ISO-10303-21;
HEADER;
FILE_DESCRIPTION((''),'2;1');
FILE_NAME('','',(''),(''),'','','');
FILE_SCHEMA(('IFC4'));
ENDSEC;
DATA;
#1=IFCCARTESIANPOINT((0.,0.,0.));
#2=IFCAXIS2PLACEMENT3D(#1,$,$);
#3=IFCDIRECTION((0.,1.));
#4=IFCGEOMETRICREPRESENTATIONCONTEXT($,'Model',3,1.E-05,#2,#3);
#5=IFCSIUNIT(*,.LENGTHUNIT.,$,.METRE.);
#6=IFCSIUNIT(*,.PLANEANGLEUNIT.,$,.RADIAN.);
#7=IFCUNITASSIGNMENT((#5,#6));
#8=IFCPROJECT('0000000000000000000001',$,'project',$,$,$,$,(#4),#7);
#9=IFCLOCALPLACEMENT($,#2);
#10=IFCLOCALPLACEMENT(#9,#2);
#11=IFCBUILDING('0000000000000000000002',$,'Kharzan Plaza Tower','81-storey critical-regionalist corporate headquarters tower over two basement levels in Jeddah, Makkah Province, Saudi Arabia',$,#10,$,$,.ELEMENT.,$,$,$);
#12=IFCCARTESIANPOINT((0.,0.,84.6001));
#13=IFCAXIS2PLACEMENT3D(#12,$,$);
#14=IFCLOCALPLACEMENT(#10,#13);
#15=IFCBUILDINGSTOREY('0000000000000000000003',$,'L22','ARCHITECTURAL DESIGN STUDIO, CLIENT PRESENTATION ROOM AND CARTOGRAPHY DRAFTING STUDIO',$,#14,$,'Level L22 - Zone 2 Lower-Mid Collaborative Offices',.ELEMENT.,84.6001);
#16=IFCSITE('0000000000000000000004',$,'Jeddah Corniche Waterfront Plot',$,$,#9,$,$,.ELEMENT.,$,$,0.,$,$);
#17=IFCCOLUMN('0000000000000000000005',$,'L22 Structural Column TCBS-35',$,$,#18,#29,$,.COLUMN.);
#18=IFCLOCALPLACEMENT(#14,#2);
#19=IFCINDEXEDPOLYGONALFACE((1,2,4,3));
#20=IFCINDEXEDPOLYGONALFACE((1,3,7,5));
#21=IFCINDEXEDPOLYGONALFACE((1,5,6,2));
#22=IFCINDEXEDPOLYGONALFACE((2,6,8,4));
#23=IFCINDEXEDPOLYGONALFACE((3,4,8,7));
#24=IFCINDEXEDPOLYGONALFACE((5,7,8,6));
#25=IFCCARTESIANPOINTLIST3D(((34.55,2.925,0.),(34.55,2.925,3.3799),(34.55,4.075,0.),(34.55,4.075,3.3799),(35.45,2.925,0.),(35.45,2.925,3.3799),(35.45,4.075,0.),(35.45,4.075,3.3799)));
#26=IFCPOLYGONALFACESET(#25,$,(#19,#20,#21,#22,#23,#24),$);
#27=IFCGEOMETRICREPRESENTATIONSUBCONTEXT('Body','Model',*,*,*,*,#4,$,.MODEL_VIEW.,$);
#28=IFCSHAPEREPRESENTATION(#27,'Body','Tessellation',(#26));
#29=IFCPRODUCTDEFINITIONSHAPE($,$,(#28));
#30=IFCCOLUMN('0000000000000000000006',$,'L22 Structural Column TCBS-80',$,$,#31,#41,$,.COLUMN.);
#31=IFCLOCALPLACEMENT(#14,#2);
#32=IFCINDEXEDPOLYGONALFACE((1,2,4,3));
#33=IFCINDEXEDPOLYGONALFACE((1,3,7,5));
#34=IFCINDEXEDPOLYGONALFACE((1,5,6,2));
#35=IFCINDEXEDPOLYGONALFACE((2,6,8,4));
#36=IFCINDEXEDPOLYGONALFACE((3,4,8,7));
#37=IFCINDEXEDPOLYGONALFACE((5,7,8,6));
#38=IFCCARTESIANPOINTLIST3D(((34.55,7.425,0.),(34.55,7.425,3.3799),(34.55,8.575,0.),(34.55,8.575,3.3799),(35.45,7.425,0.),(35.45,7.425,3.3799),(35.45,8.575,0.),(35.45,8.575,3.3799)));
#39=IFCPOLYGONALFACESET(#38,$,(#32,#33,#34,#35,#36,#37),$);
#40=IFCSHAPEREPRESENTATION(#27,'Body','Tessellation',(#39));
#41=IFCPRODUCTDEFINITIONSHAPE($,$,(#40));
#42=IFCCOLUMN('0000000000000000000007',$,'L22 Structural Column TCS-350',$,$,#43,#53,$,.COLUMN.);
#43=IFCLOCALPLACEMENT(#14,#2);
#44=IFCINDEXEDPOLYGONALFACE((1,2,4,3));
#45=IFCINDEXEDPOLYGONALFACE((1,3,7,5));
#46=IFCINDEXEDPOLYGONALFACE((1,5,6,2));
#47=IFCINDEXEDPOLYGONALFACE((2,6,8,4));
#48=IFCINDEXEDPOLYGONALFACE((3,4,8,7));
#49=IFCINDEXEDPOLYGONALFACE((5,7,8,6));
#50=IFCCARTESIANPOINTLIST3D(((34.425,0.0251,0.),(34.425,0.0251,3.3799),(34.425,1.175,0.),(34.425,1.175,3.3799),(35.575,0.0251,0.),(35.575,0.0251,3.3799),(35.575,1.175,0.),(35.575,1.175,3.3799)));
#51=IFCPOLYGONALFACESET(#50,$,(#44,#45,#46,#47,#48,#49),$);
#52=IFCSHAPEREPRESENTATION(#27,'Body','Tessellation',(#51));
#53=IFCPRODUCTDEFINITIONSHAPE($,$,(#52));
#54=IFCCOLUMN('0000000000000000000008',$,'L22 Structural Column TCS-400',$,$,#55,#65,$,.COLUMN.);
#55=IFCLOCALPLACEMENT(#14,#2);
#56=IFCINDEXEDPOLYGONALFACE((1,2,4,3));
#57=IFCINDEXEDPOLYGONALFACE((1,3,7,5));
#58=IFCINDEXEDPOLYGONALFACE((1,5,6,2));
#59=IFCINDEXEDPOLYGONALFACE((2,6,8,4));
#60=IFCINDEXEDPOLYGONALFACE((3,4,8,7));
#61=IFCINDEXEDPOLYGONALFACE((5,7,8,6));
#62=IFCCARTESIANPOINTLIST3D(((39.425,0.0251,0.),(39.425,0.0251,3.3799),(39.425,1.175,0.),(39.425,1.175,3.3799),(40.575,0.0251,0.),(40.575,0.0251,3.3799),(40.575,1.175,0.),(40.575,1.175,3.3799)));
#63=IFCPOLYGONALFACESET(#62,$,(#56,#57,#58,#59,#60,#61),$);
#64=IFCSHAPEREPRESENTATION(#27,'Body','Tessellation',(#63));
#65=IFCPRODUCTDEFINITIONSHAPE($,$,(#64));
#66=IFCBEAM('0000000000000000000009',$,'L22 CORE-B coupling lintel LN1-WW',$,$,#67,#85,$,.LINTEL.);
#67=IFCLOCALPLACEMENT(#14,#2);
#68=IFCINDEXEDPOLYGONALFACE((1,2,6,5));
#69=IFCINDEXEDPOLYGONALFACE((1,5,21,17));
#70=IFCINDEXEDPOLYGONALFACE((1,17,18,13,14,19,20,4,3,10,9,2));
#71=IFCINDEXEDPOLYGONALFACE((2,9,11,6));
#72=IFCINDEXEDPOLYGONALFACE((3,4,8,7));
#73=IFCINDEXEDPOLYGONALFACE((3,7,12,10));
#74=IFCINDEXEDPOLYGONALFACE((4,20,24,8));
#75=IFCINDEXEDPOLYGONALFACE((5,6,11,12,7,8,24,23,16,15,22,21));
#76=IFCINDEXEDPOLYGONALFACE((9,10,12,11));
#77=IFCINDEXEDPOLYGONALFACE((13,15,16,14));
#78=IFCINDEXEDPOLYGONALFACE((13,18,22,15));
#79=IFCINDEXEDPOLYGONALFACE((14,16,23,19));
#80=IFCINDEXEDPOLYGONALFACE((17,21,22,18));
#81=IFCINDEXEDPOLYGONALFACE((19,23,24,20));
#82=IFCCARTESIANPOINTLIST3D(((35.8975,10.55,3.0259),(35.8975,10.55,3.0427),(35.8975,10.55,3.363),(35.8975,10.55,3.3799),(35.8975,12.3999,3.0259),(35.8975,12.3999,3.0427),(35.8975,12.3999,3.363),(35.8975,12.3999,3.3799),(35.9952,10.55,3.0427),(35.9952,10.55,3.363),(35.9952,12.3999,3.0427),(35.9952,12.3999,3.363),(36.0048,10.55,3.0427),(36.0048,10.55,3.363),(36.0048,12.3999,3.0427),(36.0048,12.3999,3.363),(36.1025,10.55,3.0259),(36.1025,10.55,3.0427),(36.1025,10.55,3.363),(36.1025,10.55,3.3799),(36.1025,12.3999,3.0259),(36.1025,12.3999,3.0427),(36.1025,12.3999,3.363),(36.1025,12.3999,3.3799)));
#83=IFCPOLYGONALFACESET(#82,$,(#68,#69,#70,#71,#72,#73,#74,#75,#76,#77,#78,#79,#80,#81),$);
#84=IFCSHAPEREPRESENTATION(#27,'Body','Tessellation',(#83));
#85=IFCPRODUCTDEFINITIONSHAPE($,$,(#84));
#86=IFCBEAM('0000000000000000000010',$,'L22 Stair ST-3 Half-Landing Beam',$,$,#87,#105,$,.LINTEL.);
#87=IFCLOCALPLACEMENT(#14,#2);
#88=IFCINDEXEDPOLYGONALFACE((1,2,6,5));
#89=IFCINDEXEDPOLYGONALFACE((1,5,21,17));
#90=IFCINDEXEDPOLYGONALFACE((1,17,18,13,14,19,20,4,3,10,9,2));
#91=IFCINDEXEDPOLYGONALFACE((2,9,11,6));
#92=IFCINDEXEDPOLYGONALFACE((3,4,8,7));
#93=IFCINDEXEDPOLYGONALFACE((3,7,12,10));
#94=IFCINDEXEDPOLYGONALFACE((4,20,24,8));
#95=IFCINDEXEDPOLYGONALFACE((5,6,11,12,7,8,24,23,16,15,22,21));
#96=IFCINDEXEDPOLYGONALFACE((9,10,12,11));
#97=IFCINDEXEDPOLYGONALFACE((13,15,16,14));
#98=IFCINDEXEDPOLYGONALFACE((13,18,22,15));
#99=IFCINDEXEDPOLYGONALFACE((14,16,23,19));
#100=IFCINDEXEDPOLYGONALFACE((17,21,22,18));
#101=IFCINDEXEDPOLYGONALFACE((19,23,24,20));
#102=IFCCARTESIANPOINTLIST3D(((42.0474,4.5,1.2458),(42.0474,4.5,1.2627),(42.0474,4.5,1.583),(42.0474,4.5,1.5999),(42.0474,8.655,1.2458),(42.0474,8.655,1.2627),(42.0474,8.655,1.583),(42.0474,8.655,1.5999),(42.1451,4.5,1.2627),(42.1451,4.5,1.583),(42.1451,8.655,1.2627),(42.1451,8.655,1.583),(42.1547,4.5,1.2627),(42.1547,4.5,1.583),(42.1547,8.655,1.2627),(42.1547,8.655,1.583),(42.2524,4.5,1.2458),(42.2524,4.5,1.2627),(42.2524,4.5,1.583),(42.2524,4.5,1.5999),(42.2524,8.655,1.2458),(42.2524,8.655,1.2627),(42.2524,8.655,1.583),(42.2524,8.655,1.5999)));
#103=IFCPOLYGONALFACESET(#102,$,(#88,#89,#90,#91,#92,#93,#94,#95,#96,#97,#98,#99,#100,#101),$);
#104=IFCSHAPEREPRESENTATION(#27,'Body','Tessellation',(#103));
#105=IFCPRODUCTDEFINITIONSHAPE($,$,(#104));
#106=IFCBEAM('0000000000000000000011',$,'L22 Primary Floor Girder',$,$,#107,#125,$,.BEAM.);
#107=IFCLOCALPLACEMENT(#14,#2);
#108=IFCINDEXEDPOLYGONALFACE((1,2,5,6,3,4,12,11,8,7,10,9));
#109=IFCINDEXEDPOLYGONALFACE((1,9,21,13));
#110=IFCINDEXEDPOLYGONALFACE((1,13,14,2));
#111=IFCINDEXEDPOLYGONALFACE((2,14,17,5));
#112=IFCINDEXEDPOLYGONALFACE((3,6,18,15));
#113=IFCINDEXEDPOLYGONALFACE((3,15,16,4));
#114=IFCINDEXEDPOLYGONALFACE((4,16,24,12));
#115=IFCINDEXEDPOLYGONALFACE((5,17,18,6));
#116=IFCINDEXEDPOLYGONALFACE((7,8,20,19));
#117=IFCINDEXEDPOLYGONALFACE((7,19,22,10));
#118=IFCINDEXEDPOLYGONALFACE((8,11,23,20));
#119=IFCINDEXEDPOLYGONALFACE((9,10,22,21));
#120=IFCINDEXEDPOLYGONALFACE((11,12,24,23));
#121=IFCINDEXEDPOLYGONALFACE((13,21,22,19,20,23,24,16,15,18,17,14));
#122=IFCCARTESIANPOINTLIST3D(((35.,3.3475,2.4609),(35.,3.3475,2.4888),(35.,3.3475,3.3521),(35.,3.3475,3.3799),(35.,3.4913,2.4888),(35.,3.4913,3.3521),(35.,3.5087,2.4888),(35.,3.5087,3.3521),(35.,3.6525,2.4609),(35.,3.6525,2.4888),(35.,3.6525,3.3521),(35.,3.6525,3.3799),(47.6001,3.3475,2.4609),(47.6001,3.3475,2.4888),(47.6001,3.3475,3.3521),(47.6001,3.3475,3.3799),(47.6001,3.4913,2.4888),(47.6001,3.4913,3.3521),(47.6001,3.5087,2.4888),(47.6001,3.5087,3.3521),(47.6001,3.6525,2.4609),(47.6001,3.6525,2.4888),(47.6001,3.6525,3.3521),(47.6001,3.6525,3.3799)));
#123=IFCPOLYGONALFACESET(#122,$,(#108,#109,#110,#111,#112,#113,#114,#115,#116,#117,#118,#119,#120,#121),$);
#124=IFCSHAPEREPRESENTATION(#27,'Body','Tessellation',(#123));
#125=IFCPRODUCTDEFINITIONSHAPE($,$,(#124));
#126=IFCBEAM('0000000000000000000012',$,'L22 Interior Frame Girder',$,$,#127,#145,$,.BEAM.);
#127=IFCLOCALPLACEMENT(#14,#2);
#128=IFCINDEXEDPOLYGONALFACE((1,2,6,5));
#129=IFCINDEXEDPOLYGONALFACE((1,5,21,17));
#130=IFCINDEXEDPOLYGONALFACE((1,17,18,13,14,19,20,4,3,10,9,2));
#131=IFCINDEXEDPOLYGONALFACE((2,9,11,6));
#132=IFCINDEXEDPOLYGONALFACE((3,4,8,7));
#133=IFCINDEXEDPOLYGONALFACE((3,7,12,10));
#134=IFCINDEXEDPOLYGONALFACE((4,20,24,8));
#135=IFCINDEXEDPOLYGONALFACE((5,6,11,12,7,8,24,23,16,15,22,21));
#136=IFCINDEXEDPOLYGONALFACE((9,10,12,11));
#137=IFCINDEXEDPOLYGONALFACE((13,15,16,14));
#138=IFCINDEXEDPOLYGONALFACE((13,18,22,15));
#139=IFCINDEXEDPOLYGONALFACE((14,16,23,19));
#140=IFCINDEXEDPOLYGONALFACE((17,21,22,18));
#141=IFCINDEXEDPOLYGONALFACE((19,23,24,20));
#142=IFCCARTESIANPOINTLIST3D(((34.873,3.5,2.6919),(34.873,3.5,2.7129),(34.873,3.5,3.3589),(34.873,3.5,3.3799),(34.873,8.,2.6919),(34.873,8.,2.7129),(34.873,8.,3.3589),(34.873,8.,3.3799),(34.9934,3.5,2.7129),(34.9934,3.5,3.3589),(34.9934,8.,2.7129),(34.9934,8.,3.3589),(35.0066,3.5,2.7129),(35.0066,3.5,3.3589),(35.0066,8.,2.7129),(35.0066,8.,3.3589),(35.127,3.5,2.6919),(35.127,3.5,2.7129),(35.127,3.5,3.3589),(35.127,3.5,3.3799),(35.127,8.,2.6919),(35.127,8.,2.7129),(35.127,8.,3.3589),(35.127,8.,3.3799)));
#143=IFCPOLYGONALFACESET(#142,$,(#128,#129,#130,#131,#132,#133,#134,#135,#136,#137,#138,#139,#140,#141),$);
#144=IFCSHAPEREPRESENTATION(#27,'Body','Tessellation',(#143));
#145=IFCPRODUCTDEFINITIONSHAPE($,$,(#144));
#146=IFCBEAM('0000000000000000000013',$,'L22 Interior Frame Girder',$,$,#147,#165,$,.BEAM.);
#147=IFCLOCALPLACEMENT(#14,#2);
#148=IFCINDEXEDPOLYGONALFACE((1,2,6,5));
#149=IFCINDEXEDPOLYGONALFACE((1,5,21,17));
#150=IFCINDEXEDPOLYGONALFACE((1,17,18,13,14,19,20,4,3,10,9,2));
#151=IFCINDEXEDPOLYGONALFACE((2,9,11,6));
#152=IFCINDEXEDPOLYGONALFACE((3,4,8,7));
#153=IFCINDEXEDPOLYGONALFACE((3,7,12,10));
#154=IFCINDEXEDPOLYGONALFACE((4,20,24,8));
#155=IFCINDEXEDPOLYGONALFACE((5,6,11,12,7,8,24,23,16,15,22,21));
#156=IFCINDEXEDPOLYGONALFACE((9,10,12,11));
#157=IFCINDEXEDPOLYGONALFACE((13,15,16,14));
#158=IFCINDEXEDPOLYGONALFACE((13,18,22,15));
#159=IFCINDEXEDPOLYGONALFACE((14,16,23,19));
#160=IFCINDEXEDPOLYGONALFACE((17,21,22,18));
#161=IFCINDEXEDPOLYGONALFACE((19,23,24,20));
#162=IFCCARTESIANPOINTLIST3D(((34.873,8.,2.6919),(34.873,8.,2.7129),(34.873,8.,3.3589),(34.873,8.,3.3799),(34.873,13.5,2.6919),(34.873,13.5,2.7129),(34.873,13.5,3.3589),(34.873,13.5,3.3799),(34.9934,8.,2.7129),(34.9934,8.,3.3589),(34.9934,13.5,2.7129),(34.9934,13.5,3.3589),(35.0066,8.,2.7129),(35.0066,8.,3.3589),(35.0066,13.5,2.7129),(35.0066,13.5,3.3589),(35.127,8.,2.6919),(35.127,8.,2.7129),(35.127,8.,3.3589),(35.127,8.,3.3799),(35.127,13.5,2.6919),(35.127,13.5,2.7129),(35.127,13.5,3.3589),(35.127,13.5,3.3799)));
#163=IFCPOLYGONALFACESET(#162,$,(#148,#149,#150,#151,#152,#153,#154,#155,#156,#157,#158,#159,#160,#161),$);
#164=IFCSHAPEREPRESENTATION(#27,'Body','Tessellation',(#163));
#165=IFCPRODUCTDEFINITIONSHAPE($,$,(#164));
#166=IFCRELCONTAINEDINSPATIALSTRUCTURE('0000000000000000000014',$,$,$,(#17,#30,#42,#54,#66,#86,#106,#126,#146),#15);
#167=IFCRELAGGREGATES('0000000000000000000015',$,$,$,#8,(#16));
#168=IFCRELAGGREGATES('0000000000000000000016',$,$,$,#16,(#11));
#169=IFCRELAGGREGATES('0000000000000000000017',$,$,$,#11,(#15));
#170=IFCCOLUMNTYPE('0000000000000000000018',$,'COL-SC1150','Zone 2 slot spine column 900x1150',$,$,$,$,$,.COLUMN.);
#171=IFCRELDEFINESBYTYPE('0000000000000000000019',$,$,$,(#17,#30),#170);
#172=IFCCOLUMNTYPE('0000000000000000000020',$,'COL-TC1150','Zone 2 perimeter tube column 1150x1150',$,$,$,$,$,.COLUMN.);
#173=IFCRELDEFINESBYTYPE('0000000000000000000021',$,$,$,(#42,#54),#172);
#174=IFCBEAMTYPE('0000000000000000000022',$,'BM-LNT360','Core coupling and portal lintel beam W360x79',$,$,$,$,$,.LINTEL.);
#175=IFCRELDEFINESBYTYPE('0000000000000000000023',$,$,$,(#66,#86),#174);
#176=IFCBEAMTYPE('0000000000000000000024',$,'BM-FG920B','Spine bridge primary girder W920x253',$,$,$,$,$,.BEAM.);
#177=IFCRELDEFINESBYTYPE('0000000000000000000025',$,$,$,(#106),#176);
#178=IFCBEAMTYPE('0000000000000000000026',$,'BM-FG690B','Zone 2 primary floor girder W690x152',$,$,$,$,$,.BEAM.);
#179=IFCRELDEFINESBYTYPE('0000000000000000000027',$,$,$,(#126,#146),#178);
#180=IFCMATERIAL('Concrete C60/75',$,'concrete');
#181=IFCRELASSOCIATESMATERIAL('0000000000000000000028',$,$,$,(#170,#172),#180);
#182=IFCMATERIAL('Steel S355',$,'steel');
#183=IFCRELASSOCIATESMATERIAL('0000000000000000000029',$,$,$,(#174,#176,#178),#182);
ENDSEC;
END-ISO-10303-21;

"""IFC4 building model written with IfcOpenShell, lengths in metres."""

from ifc_helpers import new_model, si_unit, direction, frame, origin, origin_2d, place, context, subcontext, project, spatial, rectangle, i_section, extrude, source, transform, mapped, material, material_profile, profile_set, type_object, element, save


model = new_model("IFC4")

# Units and contexts
model_context = context("Model", 3, precision=1e-05, world=origin(), true_north=direction((0.0, 1.0)))
body_context = subcontext(model_context, "Body", "Model", "MODEL_VIEW")
ifc_project = project(units=[si_unit("LENGTHUNIT", "METRE"), si_unit("PLANEANGLEUNIT", "RADIAN")], contexts=[model_context])

# Site, building, storey
site_placement = place(None, origin())
site = spatial("IfcSite", under=ifc_project, at=site_placement, Name="Jeddah Corniche Waterfront Plot", CompositionType="ELEMENT", RefElevation=0.0)
building_placement = place(site_placement, origin())
building = spatial("IfcBuilding", under=site, at=building_placement, Name="Kharzan Plaza Tower", Description="81-storey critical-regionalist corporate headquarters tower over two basement levels in Jeddah, Makkah Province, Saudi Arabia", CompositionType="ELEMENT")
storey_placement = place(building_placement, frame((0.0, 0.0, 84.6001)))
storey = spatial("IfcBuildingStorey", under=building, at=storey_placement, Name="L22", Description="ARCHITECTURAL DESIGN STUDIO, CLIENT PRESENTATION ROOM AND CARTOGRAPHY DRAFTING STUDIO", LongName="Level L22 - Zone 2 Lower-Mid Collaborative Offices", CompositionType="ELEMENT", Elevation=84.6001)

# Columns
ifc_material_1 = material(Name="Concrete C60/75", Category="concrete")
ifc_material_profile_1 = material_profile(ifc_material_1, rectangle(XDim=0.8999, YDim=1.1499, at=origin_2d()), Name="RC-SC1150x900")
ifc_profile_set_1 = profile_set([ifc_material_profile_1], Name="Concrete C60/75")
column_type_1 = type_object("IfcColumnType", Name="COL-SC1150", Description="Zone 2 slot spine column 900x1150", PredefinedType="COLUMN", material=ifc_profile_set_1)
shared_shape_1 = source(origin(), body_context, "Body", "SweptSolid", [
    extrude(rectangle(XDim=0.8999, YDim=1.1499, at=origin_2d()), origin(), (0.0, 0.0, 1.0), 3.3799),
])
for number, where, z_axis, x_axis, name in (
    (1, (35.0, 3.5, 0.0), (0.0, 0.0, 1.0), (1.0, 0.0, 0.0), "L22 Structural Column TCBS-35"),
    (2, (35.0, 8.0, 0.0), (0.0, 0.0, 1.0), (1.0, 0.0, 0.0), "L22 Structural Column TCBS-80"),
):
    element("IfcColumn", number, at=place(storey_placement, frame(where, z_axis=z_axis, x_axis=x_axis)), inside=storey, type_object=column_type_1, Name=name, PredefinedType="COLUMN", context=body_context, shape_type="MappedRepresentation", body=[
        mapped(shared_shape_1, transform((0.0, 0.0, 0.0), x_axis=(1.0, 0.0, 0.0), y_axis=(0.0, 1.0, 0.0), z_axis=(0.0, 0.0, 1.0))),
    ])
ifc_material_profile_2 = material_profile(ifc_material_1, rectangle(XDim=1.1499, YDim=1.1499, at=origin_2d()), Name="RC-TC1150x1150")
ifc_profile_set_2 = profile_set([ifc_material_profile_2], Name="Concrete C60/75")
column_type_2 = type_object("IfcColumnType", Name="COL-TC1150", Description="Zone 2 perimeter tube column 1150x1150", PredefinedType="COLUMN", material=ifc_profile_set_2)
shared_shape_2 = source(origin(), body_context, "Body", "SweptSolid", [
    extrude(rectangle(XDim=1.1499, YDim=1.1499, at=origin_2d()), origin(), (0.0, 0.0, 1.0), 3.3799),
])
for number, where, z_axis, x_axis, name in (
    (3, (35.0, 0.6001, 0.0), (0.0, 0.0, 1.0), (1.0, 0.0, 0.0), "L22 Structural Column TCS-350"),
    (4, (40.0, 0.6001, 0.0), (0.0, 0.0, 1.0), (1.0, 0.0, 0.0), "L22 Structural Column TCS-400"),
):
    element("IfcColumn", number, at=place(storey_placement, frame(where, z_axis=z_axis, x_axis=x_axis)), inside=storey, type_object=column_type_2, Name=name, PredefinedType="COLUMN", context=body_context, shape_type="MappedRepresentation", body=[
        mapped(shared_shape_2, transform((0.0, 0.0, 0.0), x_axis=(1.0, 0.0, 0.0), y_axis=(0.0, 1.0, 0.0), z_axis=(0.0, 0.0, 1.0))),
    ])

# Beams
ifc_material_2 = material(Name="Steel S355", Category="steel")
ifc_material_profile_3 = material_profile(ifc_material_2, i_section(OverallWidth=0.2051, OverallDepth=0.354, WebThickness=0.0095, FlangeThickness=0.0168, at=origin_2d()), Name="W360x79")
ifc_profile_set_3 = profile_set([ifc_material_profile_3], Name="Steel S355")
beam_type_1 = type_object("IfcBeamType", Name="BM-LNT360", Description="Core coupling and portal lintel beam W360x79", PredefinedType="LINTEL", material=ifc_profile_set_3)
shared_shape_3 = source(origin(), body_context, "Body", "SweptSolid", [
    extrude(i_section(OverallWidth=0.2051, OverallDepth=0.354, WebThickness=0.0095, FlangeThickness=0.0168, at=origin_2d()), origin(), (0.0, 0.0, 1.0), 1.8499),
])
beam_1_placement = place(storey_placement, frame((36.0, 10.55, 3.2029), z_axis=(0.0, 1.0, 0.0), x_axis=(-1.0, 0.0, 0.0)))
element("IfcBeam", 5, at=beam_1_placement, inside=storey, type_object=beam_type_1, Name="L22 CORE-B coupling lintel LN1-WW", PredefinedType="LINTEL", context=body_context, shape_type="MappedRepresentation", body=[
    mapped(shared_shape_3, transform((0.0, 0.0, 0.0), x_axis=(1.0, 0.0, 0.0), y_axis=(0.0, 1.0, 0.0), z_axis=(0.0, 0.0, 1.0))),
])
shared_shape_4 = source(origin(), body_context, "Body", "SweptSolid", [
    extrude(i_section(OverallWidth=0.2051, OverallDepth=0.354, WebThickness=0.0095, FlangeThickness=0.0168, at=origin_2d()), origin(), (0.0, 0.0, 1.0), 4.155),
])
beam_2_placement = place(storey_placement, frame((42.1499, 4.5, 1.4229), z_axis=(0.0, 1.0, 0.0), x_axis=(-1.0, 0.0, 0.0)))
element("IfcBeam", 6, at=beam_2_placement, inside=storey, type_object=beam_type_1, Name="L22 Stair ST-3 Half-Landing Beam", PredefinedType="LINTEL", context=body_context, shape_type="MappedRepresentation", body=[
    mapped(shared_shape_4, transform((0.0, 0.0, 0.0), x_axis=(1.0, 0.0, 0.0), y_axis=(0.0, 1.0, 0.0), z_axis=(0.0, 0.0, 1.0))),
])
ifc_material_profile_4 = material_profile(ifc_material_2, i_section(OverallWidth=0.3049, OverallDepth=0.9189, WebThickness=0.0173, FlangeThickness=0.0278, at=origin_2d()), Name="W920x253")
ifc_profile_set_4 = profile_set([ifc_material_profile_4], Name="Steel S355")
beam_type_2 = type_object("IfcBeamType", Name="BM-FG920B", Description="Spine bridge primary girder W920x253", PredefinedType="BEAM", material=ifc_profile_set_4)
shared_shape_5 = source(origin(), body_context, "Body", "SweptSolid", [
    extrude(i_section(OverallWidth=0.3049, OverallDepth=0.9189, WebThickness=0.0173, FlangeThickness=0.0278, at=origin_2d()), origin(), (0.0, 0.0, 1.0), 12.6001),
])
beam_3_placement = place(storey_placement, frame((35.0, 3.5, 2.9204), z_axis=(1.0, 0.0, 0.0), x_axis=(0.0, 1.0, 0.0)))
element("IfcBeam", 7, at=beam_3_placement, inside=storey, type_object=beam_type_2, Name="L22 Primary Floor Girder", PredefinedType="BEAM", context=body_context, shape_type="MappedRepresentation", body=[
    mapped(shared_shape_5, transform((0.0, 0.0, 0.0), x_axis=(1.0, 0.0, 0.0), y_axis=(0.0, 1.0, 0.0), z_axis=(0.0, 0.0, 1.0))),
])
ifc_material_profile_5 = material_profile(ifc_material_2, i_section(OverallWidth=0.2539, OverallDepth=0.688, WebThickness=0.0132, FlangeThickness=0.021, at=origin_2d()), Name="W690x152")
ifc_profile_set_5 = profile_set([ifc_material_profile_5], Name="Steel S355")
beam_type_3 = type_object("IfcBeamType", Name="BM-FG690B", Description="Zone 2 primary floor girder W690x152", PredefinedType="BEAM", material=ifc_profile_set_5)
shared_shape_6 = source(origin(), body_context, "Body", "SweptSolid", [
    extrude(i_section(OverallWidth=0.2539, OverallDepth=0.688, WebThickness=0.0132, FlangeThickness=0.021, at=origin_2d()), origin(), (0.0, 0.0, 1.0), 4.5),
])
beam_4_placement = place(storey_placement, frame((35.0, 3.5, 3.0359), z_axis=(0.0, 1.0, 0.0), x_axis=(-1.0, 0.0, 0.0)))
element("IfcBeam", 8, at=beam_4_placement, inside=storey, type_object=beam_type_3, Name="L22 Interior Frame Girder", PredefinedType="BEAM", context=body_context, shape_type="MappedRepresentation", body=[
    mapped(shared_shape_6, transform((0.0, 0.0, 0.0), x_axis=(1.0, 0.0, 0.0), y_axis=(0.0, 1.0, 0.0), z_axis=(0.0, 0.0, 1.0))),
])
shared_shape_7 = source(origin(), body_context, "Body", "SweptSolid", [
    extrude(i_section(OverallWidth=0.2539, OverallDepth=0.688, WebThickness=0.0132, FlangeThickness=0.021, at=origin_2d()), origin(), (0.0, 0.0, 1.0), 5.5),
])
beam_5_placement = place(storey_placement, frame((35.0, 8.0, 3.0359), z_axis=(0.0, 1.0, 0.0), x_axis=(-1.0, 0.0, 0.0)))
element("IfcBeam", 9, at=beam_5_placement, inside=storey, type_object=beam_type_3, Name="L22 Interior Frame Girder", PredefinedType="BEAM", context=body_context, shape_type="MappedRepresentation", body=[
    mapped(shared_shape_7, transform((0.0, 0.0, 0.0), x_axis=(1.0, 0.0, 0.0), y_axis=(0.0, 1.0, 0.0), z_axis=(0.0, 0.0, 1.0))),
])

save(model, "model.ifc")
